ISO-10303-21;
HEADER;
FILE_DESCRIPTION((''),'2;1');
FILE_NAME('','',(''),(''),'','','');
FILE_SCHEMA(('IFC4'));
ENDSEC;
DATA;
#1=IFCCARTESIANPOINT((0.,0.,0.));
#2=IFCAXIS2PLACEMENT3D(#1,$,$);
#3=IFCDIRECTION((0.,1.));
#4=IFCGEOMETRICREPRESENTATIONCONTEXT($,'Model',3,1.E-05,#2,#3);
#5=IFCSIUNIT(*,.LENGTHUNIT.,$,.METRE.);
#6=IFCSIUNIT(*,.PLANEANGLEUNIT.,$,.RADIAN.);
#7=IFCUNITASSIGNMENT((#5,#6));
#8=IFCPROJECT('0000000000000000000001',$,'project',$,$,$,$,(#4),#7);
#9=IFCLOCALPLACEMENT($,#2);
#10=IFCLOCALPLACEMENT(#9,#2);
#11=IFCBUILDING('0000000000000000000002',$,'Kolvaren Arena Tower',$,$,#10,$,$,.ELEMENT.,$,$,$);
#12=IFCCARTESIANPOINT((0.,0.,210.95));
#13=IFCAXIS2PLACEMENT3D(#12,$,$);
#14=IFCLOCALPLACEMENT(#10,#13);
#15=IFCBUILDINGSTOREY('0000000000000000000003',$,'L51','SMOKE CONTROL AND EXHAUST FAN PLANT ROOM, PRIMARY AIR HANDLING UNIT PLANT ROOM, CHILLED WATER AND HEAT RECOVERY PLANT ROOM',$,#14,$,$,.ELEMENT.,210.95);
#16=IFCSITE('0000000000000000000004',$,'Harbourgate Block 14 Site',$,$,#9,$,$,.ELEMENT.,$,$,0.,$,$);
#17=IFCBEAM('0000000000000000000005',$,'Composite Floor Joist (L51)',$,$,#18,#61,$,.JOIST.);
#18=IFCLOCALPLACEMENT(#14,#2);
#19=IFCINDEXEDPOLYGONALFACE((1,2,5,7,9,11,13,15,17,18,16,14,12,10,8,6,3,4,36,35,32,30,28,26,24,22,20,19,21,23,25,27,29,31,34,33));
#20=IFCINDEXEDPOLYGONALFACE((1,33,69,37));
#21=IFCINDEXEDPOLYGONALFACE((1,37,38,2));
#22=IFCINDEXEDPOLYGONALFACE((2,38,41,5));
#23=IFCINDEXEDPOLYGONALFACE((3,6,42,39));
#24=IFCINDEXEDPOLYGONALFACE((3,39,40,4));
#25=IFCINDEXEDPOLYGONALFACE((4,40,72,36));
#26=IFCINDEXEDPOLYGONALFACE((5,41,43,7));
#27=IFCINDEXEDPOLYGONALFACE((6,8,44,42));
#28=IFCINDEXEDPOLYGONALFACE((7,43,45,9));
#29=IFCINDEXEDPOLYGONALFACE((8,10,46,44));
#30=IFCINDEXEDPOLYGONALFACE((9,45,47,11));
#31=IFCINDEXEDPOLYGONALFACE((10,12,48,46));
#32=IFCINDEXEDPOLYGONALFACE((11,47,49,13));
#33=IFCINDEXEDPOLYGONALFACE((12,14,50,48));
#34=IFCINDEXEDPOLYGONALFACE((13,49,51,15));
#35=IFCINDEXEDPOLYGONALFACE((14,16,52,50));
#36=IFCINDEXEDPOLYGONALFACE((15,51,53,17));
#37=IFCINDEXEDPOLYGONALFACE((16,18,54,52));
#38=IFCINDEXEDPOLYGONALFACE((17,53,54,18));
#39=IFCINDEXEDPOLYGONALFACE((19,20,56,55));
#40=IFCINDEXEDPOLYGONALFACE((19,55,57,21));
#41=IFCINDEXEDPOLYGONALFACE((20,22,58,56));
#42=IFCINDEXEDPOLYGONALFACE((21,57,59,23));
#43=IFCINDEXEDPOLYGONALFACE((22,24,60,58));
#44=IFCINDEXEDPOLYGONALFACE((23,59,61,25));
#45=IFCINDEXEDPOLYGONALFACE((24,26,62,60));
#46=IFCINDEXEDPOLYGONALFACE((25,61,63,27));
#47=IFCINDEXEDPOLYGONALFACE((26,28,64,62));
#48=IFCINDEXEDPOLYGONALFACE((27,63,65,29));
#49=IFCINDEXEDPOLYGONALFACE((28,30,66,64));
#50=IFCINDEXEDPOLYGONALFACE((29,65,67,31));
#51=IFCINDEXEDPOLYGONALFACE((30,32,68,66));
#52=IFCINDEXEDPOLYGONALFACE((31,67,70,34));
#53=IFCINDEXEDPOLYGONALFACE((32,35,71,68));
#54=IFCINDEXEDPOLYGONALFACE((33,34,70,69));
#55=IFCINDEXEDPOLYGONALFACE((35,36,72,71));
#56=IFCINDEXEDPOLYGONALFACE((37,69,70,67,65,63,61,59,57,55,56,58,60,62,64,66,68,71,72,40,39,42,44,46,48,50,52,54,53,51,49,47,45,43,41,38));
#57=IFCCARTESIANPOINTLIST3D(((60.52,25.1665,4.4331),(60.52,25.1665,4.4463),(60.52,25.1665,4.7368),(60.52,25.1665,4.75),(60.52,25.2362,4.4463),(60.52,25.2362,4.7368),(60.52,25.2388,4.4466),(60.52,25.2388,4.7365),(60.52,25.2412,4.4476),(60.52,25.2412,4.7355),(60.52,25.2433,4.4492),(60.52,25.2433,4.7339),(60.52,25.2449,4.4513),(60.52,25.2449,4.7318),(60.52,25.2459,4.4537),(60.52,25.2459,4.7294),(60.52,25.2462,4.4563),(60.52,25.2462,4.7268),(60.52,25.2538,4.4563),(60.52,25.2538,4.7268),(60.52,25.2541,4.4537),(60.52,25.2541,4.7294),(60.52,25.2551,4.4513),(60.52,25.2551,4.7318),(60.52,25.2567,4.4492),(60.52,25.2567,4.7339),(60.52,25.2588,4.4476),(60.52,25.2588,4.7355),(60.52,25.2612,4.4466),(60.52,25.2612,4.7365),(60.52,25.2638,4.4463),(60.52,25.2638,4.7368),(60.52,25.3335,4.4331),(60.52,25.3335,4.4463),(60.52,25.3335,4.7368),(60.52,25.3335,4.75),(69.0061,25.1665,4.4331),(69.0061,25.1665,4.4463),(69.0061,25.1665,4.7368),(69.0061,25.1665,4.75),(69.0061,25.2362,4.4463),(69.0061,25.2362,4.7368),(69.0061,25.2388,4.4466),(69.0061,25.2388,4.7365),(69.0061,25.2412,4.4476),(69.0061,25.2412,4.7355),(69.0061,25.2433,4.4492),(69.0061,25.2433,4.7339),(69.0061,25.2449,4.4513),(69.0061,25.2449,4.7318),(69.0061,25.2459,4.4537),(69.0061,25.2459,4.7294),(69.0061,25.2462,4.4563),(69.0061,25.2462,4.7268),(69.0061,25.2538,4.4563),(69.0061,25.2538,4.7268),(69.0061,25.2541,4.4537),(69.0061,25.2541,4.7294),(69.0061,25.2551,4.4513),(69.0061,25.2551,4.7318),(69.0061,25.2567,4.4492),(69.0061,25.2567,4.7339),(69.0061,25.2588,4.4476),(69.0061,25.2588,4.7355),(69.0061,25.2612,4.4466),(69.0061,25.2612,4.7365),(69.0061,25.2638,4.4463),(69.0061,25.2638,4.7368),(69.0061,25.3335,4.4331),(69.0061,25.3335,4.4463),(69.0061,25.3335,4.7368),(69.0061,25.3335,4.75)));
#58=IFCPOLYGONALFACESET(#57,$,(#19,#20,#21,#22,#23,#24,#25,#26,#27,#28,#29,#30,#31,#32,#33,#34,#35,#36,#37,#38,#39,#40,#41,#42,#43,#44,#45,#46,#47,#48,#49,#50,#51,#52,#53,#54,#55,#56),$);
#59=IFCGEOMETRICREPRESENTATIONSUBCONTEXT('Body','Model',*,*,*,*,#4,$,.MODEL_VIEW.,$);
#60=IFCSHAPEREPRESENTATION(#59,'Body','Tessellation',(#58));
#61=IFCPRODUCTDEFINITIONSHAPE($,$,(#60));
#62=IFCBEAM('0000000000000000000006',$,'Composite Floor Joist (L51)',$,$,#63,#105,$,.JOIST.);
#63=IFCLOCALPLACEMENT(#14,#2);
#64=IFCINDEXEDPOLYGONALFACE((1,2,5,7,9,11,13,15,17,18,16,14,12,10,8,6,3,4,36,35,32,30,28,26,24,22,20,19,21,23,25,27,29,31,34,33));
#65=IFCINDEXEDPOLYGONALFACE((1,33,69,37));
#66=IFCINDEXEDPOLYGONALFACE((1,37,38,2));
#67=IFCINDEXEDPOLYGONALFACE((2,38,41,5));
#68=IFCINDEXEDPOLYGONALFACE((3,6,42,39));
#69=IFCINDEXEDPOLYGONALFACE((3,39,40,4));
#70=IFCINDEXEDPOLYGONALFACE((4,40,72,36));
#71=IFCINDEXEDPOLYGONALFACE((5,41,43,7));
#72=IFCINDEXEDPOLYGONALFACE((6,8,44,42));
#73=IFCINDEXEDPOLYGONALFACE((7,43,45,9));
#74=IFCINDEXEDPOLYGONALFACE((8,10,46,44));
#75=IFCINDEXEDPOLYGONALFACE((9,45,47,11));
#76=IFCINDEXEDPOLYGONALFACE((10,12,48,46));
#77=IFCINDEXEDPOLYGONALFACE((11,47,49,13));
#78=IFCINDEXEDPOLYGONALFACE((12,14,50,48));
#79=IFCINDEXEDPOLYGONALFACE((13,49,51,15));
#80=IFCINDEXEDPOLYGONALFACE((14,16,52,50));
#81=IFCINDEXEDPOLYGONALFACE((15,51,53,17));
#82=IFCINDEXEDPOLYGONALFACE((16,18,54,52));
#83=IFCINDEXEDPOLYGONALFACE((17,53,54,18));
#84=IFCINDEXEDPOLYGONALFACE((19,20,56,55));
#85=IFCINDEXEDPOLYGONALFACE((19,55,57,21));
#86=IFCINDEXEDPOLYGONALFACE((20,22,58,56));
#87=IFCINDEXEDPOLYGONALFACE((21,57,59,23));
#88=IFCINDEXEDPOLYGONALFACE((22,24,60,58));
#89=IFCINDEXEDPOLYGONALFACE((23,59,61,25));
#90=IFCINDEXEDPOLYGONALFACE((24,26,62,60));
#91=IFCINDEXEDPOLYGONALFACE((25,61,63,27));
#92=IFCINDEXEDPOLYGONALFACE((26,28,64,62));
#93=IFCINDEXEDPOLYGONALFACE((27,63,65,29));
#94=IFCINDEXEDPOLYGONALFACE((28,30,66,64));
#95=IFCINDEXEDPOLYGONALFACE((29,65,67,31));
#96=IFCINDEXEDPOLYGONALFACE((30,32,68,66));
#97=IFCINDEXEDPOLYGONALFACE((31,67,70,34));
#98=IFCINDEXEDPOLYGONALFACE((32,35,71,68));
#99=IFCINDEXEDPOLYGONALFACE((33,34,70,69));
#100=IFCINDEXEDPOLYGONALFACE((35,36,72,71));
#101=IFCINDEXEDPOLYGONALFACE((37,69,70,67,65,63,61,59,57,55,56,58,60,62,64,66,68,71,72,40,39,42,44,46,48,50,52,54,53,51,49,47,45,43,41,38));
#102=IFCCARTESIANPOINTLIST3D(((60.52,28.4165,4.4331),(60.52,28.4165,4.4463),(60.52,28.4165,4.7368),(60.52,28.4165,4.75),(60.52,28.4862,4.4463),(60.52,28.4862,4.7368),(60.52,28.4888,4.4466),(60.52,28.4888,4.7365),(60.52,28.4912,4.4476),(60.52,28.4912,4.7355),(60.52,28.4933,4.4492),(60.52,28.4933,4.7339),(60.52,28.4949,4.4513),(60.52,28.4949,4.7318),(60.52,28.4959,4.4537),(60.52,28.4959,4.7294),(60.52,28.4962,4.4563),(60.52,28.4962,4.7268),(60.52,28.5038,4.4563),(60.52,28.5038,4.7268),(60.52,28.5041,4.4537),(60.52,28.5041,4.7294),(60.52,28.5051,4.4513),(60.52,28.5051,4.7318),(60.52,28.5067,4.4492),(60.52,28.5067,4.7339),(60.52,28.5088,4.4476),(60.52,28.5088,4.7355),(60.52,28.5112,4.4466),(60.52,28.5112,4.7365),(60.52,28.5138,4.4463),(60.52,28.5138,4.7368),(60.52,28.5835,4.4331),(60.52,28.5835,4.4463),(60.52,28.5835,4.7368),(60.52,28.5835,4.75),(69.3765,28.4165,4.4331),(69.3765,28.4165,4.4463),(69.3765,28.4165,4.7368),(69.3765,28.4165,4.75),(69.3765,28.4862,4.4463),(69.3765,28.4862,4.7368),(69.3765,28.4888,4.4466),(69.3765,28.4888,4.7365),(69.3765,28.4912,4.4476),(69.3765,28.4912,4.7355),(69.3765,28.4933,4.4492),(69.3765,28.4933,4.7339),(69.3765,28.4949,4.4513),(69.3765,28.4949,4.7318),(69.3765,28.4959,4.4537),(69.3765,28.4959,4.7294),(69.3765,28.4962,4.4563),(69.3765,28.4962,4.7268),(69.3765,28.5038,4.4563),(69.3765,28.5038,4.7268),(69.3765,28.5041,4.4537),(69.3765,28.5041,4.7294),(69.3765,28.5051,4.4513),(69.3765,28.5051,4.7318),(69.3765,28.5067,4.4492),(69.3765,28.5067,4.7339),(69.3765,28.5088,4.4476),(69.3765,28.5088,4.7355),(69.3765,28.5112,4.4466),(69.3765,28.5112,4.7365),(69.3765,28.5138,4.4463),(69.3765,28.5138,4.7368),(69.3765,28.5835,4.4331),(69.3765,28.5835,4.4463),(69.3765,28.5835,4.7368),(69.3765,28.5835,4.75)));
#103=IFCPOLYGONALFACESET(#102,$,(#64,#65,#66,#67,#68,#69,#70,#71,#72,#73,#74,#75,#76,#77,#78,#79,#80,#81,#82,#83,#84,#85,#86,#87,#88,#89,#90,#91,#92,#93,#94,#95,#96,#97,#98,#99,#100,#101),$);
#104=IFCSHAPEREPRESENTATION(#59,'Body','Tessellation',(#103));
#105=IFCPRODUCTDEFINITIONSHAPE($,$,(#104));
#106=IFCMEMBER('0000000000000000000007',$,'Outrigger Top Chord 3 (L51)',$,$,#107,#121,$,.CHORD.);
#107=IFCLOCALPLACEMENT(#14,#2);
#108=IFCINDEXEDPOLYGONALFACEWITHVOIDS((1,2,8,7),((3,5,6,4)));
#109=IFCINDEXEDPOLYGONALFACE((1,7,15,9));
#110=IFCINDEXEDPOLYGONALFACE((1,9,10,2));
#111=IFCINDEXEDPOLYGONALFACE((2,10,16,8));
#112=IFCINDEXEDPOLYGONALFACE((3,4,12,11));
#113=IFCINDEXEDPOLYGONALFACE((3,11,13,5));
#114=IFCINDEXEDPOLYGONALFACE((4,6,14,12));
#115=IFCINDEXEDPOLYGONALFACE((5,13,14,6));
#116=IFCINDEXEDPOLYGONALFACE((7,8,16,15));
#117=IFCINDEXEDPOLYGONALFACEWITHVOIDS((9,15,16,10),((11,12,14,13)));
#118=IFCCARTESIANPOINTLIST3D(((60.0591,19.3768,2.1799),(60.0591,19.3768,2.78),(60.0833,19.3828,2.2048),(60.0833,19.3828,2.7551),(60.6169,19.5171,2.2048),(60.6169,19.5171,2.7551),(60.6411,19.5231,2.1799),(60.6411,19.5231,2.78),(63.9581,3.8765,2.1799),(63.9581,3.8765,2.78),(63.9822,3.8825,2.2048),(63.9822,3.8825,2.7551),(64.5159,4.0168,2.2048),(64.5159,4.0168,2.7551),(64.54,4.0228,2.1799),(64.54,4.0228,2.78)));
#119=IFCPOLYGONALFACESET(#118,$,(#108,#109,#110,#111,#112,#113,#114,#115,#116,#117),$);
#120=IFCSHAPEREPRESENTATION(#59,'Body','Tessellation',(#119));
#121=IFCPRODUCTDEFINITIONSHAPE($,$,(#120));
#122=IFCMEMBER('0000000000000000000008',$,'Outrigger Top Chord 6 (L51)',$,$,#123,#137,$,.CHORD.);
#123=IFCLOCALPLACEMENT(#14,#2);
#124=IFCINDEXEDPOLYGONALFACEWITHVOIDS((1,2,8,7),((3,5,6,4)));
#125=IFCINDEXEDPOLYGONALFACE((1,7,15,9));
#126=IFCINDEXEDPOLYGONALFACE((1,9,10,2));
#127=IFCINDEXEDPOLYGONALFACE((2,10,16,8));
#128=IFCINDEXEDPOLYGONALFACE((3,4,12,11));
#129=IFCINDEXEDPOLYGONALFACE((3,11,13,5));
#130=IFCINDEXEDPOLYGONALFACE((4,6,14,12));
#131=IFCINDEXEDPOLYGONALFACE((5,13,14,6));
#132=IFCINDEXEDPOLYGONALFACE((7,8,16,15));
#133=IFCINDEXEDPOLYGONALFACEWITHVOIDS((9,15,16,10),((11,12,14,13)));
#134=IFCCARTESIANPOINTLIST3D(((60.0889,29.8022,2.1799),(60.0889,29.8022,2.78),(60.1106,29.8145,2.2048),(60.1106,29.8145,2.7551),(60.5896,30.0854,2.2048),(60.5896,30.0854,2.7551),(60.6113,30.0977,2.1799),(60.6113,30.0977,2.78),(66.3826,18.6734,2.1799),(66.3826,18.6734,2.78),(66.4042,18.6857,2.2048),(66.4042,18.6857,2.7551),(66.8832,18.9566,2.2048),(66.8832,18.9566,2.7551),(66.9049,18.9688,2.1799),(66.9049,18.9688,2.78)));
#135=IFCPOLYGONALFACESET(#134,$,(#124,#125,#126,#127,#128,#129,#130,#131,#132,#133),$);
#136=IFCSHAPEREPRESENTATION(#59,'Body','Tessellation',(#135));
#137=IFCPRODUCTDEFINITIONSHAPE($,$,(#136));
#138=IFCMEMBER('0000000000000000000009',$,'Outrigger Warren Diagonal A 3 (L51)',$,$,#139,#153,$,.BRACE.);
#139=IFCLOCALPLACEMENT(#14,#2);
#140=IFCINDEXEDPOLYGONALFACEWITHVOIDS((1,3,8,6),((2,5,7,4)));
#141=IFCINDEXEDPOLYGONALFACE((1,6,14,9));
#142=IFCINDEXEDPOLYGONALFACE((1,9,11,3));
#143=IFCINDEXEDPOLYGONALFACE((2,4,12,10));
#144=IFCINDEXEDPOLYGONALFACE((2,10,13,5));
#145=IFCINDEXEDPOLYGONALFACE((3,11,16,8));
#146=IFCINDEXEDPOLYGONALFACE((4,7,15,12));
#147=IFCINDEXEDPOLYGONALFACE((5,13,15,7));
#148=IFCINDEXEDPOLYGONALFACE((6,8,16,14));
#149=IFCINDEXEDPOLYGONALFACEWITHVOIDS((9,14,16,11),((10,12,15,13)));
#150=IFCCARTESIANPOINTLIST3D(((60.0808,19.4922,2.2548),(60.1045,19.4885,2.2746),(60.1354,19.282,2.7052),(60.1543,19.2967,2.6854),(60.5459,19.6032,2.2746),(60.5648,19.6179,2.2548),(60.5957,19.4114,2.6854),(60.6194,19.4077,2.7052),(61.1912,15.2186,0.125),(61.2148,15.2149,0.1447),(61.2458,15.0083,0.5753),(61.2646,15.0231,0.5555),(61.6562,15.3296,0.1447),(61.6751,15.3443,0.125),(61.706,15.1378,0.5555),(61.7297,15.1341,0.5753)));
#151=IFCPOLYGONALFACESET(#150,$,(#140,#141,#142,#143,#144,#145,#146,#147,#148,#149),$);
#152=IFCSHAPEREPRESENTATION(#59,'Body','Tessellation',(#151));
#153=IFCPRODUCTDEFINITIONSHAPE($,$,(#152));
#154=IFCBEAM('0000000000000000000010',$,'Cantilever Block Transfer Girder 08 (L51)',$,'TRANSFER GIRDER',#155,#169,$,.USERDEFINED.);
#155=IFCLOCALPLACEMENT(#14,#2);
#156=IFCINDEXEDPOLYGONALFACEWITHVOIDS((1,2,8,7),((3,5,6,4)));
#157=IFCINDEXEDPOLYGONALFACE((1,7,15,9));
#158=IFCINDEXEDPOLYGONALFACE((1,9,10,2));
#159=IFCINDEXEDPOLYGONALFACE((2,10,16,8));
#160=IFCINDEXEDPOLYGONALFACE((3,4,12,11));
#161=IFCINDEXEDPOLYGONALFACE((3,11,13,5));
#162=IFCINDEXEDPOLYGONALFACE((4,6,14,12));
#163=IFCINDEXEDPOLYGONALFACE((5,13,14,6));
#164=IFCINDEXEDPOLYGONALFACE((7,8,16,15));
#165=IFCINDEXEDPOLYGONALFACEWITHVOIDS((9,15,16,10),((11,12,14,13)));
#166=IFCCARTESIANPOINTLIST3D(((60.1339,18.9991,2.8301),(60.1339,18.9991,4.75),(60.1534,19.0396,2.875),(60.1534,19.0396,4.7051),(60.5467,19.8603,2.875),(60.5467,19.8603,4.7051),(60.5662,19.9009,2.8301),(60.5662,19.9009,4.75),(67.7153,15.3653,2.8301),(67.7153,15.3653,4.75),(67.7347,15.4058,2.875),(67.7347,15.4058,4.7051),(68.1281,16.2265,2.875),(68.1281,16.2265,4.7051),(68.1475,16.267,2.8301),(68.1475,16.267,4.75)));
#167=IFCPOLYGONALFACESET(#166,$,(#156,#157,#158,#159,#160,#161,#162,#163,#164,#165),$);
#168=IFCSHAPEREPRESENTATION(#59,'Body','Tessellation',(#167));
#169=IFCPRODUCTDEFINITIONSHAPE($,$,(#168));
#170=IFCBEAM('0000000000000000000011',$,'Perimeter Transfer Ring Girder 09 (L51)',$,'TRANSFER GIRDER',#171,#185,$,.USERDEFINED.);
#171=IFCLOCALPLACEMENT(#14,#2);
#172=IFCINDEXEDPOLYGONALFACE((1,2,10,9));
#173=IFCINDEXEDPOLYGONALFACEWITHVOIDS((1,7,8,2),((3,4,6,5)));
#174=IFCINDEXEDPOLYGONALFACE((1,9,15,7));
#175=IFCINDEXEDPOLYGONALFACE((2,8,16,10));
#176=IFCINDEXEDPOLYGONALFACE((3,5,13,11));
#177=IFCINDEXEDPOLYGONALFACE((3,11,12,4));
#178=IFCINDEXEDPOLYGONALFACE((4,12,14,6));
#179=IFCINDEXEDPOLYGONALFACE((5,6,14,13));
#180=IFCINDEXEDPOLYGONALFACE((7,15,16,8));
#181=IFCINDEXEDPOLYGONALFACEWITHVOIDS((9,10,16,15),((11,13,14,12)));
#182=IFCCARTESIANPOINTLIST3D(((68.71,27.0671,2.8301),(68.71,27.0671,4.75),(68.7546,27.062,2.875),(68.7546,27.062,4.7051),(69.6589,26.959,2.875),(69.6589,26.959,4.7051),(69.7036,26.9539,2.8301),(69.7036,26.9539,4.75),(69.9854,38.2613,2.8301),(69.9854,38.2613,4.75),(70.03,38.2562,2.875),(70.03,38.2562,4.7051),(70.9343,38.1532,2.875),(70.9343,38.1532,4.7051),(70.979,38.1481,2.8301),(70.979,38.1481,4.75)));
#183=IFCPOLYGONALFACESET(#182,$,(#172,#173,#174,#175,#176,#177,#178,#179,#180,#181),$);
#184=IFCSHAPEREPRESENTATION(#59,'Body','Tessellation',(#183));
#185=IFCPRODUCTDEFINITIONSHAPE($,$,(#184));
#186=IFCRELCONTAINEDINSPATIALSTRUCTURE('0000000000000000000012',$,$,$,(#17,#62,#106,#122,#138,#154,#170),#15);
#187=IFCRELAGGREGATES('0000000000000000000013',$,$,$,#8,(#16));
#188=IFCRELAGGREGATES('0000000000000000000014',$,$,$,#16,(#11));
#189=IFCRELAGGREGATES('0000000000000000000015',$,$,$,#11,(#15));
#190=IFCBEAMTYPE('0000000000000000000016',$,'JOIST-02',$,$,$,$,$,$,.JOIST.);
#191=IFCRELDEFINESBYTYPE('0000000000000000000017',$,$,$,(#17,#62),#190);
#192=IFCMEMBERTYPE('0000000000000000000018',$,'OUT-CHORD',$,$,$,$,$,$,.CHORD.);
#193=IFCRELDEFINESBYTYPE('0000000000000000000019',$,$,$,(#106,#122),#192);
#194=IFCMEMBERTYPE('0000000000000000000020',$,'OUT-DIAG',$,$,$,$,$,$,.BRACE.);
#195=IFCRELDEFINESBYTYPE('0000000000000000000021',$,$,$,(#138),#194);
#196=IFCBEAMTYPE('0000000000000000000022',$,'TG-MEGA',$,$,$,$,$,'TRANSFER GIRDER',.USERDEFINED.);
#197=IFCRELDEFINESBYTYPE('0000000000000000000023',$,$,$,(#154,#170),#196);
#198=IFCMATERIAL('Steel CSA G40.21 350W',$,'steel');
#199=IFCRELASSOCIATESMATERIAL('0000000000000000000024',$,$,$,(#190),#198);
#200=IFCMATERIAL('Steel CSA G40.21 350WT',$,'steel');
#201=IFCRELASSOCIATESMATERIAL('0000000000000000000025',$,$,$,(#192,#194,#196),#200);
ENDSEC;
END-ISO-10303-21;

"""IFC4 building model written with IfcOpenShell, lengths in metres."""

from ifc_helpers import new_model, si_unit, direction, frame, origin, origin_2d, place, context, subcontext, project, spatial, hollow_rectangle, i_section, extrude, material, material_profile, profile_set, type_object, element, save


model = new_model("IFC4")

# Units and contexts
model_context = context("Model", 3, precision=1e-05, world=origin(), true_north=direction((0.0, 1.0)))
body_context = subcontext(model_context, "Body", "Model", "MODEL_VIEW")
ifc_project = project(units=[si_unit("LENGTHUNIT", "METRE"), si_unit("PLANEANGLEUNIT", "RADIAN")], contexts=[model_context])

# Site, building, storey
site_placement = place(None, origin())
site = spatial("IfcSite", under=ifc_project, at=site_placement, Name="Harbourgate Block 14 Site", CompositionType="ELEMENT", RefElevation=0.0)
building_placement = place(site_placement, origin())
building = spatial("IfcBuilding", under=site, at=building_placement, Name="Kolvaren Arena Tower", CompositionType="ELEMENT")
storey_placement = place(building_placement, frame((0.0, 0.0, 210.95)))
storey = spatial("IfcBuildingStorey", under=building, at=storey_placement, Name="L51", Description="SMOKE CONTROL AND EXHAUST FAN PLANT ROOM, PRIMARY AIR HANDLING UNIT PLANT ROOM, CHILLED WATER AND HEAT RECOVERY PLANT ROOM", CompositionType="ELEMENT", Elevation=210.95)

# Shared definitions
ifc_material_1 = material(Name="Steel CSA G40.21 350WT", Category="steel")

# Beams
ifc_material_2 = material(Name="Steel CSA G40.21 350W", Category="steel")
ifc_material_profile_1 = material_profile(ifc_material_2, i_section(OverallWidth=0.167, OverallDepth=0.3169, WebThickness=0.0076, FlangeThickness=0.0132, FilletRadius=0.01, at=origin_2d()), Name="W310x52")
ifc_profile_set_1 = profile_set([ifc_material_profile_1], Name="Steel CSA G40.21 350W")
beam_type_1 = type_object("IfcBeamType", Name="JOIST-02", PredefinedType="JOIST", material=ifc_profile_set_1)
beam_1_placement = place(storey_placement, frame((60.52, 25.25, 4.5916), z_axis=(1.0, 0.0, 0.0), x_axis=(0.0, 1.0, 0.0)))
element("IfcBeam", 1, at=beam_1_placement, inside=storey, type_object=beam_type_1, Name="Composite Floor Joist (L51)", PredefinedType="JOIST", context=body_context, shape_type="SweptSolid", body=[
    extrude(i_section(OverallWidth=0.167, OverallDepth=0.3169, WebThickness=0.0076, FlangeThickness=0.0132, FilletRadius=0.01, at=origin_2d()), origin(), (0.0, 0.0, 1.0), 8.4861),
])
beam_2_placement = place(storey_placement, frame((60.52, 28.5, 4.5916), z_axis=(1.0, 0.0, 0.0), x_axis=(0.0, 1.0, 0.0)))
element("IfcBeam", 2, at=beam_2_placement, inside=storey, type_object=beam_type_1, Name="Composite Floor Joist (L51)", PredefinedType="JOIST", context=body_context, shape_type="SweptSolid", body=[
    extrude(i_section(OverallWidth=0.167, OverallDepth=0.3169, WebThickness=0.0076, FlangeThickness=0.0132, FilletRadius=0.01, at=origin_2d()), origin(), (0.0, 0.0, 1.0), 8.8564),
])

# Members
ifc_material_profile_2 = material_profile(ifc_material_1, hollow_rectangle(XDim=0.6001, YDim=0.6001, WallThickness=0.0249, at=origin_2d()), Name="HSS 600x600x25")
ifc_profile_set_2 = profile_set([ifc_material_profile_2], Name="Steel CSA G40.21 350WT")
member_type_1 = type_object("IfcMemberType", Name="OUT-CHORD", PredefinedType="CHORD", material=ifc_profile_set_2)
member_1_placement = place(storey_placement, frame((60.3501, 19.45, 2.48), z_axis=(0.243941, -0.96979, 0.0), x_axis=(0.96979, 0.243941, 0.0)))
element("IfcMember", 3, at=member_1_placement, inside=storey, type_object=member_type_1, Name="Outrigger Top Chord 3 (L51)", PredefinedType="CHORD", context=body_context, shape_type="SweptSolid", body=[
    extrude(hollow_rectangle(XDim=0.6001, YDim=0.6001, WallThickness=0.0249, at=origin_2d()), origin(), (0.0, 0.0, 1.0), 15.9832),
])
member_2_placement = place(storey_placement, frame((60.3501, 29.95, 2.48), z_axis=(0.492262, -0.870447, 0.0), x_axis=(0.870447, 0.492262, 0.0)))
element("IfcMember", 4, at=member_2_placement, inside=storey, type_object=member_type_1, Name="Outrigger Top Chord 6 (L51)", PredefinedType="CHORD", context=body_context, shape_type="SweptSolid", body=[
    extrude(hollow_rectangle(XDim=0.6001, YDim=0.6001, WallThickness=0.0249, at=origin_2d()), origin(), (0.0, 0.0, 1.0), 12.7852),
])
ifc_material_profile_3 = material_profile(ifc_material_1, hollow_rectangle(XDim=0.5, YDim=0.5, WallThickness=0.022, at=origin_2d()), Name="HSS 500x500x22")
ifc_profile_set_3 = profile_set([ifc_material_profile_3], Name="Steel CSA G40.21 350WT")
member_type_2 = type_object("IfcMemberType", Name="OUT-DIAG", PredefinedType="BRACE", material=ifc_profile_set_3)
member_3_placement = place(storey_placement, frame((60.3501, 19.45, 2.48), z_axis=(0.226491, -0.871751, -0.434456), x_axis=(0.967867, 0.251463, 0.0)))
element("IfcMember", 5, at=member_3_placement, inside=storey, type_object=member_type_2, Name="Outrigger Warren Diagonal A 3 (L51)", PredefinedType="BRACE", context=body_context, shape_type="SweptSolid", body=[
    extrude(hollow_rectangle(XDim=0.5, YDim=0.5, WallThickness=0.022, at=origin_2d()), origin(), (0.0, 0.0, 1.0), 4.9023),
])

# Beams
ifc_material_profile_4 = material_profile(ifc_material_1, hollow_rectangle(XDim=1.0, YDim=1.9199, WallThickness=0.0449, at=origin_2d()), Name="BOX 1000x1920x45")
ifc_profile_set_4 = profile_set([ifc_material_profile_4], Name="Steel CSA G40.21 350WT")
beam_type_2 = type_object("IfcBeamType", Name="TG-MEGA", ElementType="TRANSFER GIRDER", PredefinedType="USERDEFINED", material=ifc_profile_set_4)
beam_3_placement = place(storey_placement, frame((67.9314, 15.8162, 3.79), z_axis=(-0.901766, 0.432225, 0.0), x_axis=(-0.432225, -0.901766, 0.0)))
element("IfcBeam", 6, at=beam_3_placement, inside=storey, type_object=beam_type_2, Name="Cantilever Block Transfer Girder 08 (L51)", ObjectType="TRANSFER GIRDER", PredefinedType="USERDEFINED", context=body_context, shape_type="SweptSolid", body=[
    extrude(hollow_rectangle(XDim=1.0, YDim=1.9199, WallThickness=0.0449, at=origin_2d()), origin(), (0.0, 0.0, 1.0), 8.4072),
])
beam_4_placement = place(storey_placement, frame((69.2068, 27.0105, 3.79), z_axis=(0.113202, 0.993572, 0.0), x_axis=(-0.993572, 0.113202, 0.0)))
element("IfcBeam", 7, at=beam_4_placement, inside=storey, type_object=beam_type_2, Name="Perimeter Transfer Ring Girder 09 (L51)", ObjectType="TRANSFER GIRDER", PredefinedType="USERDEFINED", context=body_context, shape_type="SweptSolid", body=[
    extrude(hollow_rectangle(XDim=1.0, YDim=1.9199, WallThickness=0.0449, at=origin_2d()), origin(), (0.0, 0.0, 1.0), 11.2666),
])

save(model, "model.ifc")
